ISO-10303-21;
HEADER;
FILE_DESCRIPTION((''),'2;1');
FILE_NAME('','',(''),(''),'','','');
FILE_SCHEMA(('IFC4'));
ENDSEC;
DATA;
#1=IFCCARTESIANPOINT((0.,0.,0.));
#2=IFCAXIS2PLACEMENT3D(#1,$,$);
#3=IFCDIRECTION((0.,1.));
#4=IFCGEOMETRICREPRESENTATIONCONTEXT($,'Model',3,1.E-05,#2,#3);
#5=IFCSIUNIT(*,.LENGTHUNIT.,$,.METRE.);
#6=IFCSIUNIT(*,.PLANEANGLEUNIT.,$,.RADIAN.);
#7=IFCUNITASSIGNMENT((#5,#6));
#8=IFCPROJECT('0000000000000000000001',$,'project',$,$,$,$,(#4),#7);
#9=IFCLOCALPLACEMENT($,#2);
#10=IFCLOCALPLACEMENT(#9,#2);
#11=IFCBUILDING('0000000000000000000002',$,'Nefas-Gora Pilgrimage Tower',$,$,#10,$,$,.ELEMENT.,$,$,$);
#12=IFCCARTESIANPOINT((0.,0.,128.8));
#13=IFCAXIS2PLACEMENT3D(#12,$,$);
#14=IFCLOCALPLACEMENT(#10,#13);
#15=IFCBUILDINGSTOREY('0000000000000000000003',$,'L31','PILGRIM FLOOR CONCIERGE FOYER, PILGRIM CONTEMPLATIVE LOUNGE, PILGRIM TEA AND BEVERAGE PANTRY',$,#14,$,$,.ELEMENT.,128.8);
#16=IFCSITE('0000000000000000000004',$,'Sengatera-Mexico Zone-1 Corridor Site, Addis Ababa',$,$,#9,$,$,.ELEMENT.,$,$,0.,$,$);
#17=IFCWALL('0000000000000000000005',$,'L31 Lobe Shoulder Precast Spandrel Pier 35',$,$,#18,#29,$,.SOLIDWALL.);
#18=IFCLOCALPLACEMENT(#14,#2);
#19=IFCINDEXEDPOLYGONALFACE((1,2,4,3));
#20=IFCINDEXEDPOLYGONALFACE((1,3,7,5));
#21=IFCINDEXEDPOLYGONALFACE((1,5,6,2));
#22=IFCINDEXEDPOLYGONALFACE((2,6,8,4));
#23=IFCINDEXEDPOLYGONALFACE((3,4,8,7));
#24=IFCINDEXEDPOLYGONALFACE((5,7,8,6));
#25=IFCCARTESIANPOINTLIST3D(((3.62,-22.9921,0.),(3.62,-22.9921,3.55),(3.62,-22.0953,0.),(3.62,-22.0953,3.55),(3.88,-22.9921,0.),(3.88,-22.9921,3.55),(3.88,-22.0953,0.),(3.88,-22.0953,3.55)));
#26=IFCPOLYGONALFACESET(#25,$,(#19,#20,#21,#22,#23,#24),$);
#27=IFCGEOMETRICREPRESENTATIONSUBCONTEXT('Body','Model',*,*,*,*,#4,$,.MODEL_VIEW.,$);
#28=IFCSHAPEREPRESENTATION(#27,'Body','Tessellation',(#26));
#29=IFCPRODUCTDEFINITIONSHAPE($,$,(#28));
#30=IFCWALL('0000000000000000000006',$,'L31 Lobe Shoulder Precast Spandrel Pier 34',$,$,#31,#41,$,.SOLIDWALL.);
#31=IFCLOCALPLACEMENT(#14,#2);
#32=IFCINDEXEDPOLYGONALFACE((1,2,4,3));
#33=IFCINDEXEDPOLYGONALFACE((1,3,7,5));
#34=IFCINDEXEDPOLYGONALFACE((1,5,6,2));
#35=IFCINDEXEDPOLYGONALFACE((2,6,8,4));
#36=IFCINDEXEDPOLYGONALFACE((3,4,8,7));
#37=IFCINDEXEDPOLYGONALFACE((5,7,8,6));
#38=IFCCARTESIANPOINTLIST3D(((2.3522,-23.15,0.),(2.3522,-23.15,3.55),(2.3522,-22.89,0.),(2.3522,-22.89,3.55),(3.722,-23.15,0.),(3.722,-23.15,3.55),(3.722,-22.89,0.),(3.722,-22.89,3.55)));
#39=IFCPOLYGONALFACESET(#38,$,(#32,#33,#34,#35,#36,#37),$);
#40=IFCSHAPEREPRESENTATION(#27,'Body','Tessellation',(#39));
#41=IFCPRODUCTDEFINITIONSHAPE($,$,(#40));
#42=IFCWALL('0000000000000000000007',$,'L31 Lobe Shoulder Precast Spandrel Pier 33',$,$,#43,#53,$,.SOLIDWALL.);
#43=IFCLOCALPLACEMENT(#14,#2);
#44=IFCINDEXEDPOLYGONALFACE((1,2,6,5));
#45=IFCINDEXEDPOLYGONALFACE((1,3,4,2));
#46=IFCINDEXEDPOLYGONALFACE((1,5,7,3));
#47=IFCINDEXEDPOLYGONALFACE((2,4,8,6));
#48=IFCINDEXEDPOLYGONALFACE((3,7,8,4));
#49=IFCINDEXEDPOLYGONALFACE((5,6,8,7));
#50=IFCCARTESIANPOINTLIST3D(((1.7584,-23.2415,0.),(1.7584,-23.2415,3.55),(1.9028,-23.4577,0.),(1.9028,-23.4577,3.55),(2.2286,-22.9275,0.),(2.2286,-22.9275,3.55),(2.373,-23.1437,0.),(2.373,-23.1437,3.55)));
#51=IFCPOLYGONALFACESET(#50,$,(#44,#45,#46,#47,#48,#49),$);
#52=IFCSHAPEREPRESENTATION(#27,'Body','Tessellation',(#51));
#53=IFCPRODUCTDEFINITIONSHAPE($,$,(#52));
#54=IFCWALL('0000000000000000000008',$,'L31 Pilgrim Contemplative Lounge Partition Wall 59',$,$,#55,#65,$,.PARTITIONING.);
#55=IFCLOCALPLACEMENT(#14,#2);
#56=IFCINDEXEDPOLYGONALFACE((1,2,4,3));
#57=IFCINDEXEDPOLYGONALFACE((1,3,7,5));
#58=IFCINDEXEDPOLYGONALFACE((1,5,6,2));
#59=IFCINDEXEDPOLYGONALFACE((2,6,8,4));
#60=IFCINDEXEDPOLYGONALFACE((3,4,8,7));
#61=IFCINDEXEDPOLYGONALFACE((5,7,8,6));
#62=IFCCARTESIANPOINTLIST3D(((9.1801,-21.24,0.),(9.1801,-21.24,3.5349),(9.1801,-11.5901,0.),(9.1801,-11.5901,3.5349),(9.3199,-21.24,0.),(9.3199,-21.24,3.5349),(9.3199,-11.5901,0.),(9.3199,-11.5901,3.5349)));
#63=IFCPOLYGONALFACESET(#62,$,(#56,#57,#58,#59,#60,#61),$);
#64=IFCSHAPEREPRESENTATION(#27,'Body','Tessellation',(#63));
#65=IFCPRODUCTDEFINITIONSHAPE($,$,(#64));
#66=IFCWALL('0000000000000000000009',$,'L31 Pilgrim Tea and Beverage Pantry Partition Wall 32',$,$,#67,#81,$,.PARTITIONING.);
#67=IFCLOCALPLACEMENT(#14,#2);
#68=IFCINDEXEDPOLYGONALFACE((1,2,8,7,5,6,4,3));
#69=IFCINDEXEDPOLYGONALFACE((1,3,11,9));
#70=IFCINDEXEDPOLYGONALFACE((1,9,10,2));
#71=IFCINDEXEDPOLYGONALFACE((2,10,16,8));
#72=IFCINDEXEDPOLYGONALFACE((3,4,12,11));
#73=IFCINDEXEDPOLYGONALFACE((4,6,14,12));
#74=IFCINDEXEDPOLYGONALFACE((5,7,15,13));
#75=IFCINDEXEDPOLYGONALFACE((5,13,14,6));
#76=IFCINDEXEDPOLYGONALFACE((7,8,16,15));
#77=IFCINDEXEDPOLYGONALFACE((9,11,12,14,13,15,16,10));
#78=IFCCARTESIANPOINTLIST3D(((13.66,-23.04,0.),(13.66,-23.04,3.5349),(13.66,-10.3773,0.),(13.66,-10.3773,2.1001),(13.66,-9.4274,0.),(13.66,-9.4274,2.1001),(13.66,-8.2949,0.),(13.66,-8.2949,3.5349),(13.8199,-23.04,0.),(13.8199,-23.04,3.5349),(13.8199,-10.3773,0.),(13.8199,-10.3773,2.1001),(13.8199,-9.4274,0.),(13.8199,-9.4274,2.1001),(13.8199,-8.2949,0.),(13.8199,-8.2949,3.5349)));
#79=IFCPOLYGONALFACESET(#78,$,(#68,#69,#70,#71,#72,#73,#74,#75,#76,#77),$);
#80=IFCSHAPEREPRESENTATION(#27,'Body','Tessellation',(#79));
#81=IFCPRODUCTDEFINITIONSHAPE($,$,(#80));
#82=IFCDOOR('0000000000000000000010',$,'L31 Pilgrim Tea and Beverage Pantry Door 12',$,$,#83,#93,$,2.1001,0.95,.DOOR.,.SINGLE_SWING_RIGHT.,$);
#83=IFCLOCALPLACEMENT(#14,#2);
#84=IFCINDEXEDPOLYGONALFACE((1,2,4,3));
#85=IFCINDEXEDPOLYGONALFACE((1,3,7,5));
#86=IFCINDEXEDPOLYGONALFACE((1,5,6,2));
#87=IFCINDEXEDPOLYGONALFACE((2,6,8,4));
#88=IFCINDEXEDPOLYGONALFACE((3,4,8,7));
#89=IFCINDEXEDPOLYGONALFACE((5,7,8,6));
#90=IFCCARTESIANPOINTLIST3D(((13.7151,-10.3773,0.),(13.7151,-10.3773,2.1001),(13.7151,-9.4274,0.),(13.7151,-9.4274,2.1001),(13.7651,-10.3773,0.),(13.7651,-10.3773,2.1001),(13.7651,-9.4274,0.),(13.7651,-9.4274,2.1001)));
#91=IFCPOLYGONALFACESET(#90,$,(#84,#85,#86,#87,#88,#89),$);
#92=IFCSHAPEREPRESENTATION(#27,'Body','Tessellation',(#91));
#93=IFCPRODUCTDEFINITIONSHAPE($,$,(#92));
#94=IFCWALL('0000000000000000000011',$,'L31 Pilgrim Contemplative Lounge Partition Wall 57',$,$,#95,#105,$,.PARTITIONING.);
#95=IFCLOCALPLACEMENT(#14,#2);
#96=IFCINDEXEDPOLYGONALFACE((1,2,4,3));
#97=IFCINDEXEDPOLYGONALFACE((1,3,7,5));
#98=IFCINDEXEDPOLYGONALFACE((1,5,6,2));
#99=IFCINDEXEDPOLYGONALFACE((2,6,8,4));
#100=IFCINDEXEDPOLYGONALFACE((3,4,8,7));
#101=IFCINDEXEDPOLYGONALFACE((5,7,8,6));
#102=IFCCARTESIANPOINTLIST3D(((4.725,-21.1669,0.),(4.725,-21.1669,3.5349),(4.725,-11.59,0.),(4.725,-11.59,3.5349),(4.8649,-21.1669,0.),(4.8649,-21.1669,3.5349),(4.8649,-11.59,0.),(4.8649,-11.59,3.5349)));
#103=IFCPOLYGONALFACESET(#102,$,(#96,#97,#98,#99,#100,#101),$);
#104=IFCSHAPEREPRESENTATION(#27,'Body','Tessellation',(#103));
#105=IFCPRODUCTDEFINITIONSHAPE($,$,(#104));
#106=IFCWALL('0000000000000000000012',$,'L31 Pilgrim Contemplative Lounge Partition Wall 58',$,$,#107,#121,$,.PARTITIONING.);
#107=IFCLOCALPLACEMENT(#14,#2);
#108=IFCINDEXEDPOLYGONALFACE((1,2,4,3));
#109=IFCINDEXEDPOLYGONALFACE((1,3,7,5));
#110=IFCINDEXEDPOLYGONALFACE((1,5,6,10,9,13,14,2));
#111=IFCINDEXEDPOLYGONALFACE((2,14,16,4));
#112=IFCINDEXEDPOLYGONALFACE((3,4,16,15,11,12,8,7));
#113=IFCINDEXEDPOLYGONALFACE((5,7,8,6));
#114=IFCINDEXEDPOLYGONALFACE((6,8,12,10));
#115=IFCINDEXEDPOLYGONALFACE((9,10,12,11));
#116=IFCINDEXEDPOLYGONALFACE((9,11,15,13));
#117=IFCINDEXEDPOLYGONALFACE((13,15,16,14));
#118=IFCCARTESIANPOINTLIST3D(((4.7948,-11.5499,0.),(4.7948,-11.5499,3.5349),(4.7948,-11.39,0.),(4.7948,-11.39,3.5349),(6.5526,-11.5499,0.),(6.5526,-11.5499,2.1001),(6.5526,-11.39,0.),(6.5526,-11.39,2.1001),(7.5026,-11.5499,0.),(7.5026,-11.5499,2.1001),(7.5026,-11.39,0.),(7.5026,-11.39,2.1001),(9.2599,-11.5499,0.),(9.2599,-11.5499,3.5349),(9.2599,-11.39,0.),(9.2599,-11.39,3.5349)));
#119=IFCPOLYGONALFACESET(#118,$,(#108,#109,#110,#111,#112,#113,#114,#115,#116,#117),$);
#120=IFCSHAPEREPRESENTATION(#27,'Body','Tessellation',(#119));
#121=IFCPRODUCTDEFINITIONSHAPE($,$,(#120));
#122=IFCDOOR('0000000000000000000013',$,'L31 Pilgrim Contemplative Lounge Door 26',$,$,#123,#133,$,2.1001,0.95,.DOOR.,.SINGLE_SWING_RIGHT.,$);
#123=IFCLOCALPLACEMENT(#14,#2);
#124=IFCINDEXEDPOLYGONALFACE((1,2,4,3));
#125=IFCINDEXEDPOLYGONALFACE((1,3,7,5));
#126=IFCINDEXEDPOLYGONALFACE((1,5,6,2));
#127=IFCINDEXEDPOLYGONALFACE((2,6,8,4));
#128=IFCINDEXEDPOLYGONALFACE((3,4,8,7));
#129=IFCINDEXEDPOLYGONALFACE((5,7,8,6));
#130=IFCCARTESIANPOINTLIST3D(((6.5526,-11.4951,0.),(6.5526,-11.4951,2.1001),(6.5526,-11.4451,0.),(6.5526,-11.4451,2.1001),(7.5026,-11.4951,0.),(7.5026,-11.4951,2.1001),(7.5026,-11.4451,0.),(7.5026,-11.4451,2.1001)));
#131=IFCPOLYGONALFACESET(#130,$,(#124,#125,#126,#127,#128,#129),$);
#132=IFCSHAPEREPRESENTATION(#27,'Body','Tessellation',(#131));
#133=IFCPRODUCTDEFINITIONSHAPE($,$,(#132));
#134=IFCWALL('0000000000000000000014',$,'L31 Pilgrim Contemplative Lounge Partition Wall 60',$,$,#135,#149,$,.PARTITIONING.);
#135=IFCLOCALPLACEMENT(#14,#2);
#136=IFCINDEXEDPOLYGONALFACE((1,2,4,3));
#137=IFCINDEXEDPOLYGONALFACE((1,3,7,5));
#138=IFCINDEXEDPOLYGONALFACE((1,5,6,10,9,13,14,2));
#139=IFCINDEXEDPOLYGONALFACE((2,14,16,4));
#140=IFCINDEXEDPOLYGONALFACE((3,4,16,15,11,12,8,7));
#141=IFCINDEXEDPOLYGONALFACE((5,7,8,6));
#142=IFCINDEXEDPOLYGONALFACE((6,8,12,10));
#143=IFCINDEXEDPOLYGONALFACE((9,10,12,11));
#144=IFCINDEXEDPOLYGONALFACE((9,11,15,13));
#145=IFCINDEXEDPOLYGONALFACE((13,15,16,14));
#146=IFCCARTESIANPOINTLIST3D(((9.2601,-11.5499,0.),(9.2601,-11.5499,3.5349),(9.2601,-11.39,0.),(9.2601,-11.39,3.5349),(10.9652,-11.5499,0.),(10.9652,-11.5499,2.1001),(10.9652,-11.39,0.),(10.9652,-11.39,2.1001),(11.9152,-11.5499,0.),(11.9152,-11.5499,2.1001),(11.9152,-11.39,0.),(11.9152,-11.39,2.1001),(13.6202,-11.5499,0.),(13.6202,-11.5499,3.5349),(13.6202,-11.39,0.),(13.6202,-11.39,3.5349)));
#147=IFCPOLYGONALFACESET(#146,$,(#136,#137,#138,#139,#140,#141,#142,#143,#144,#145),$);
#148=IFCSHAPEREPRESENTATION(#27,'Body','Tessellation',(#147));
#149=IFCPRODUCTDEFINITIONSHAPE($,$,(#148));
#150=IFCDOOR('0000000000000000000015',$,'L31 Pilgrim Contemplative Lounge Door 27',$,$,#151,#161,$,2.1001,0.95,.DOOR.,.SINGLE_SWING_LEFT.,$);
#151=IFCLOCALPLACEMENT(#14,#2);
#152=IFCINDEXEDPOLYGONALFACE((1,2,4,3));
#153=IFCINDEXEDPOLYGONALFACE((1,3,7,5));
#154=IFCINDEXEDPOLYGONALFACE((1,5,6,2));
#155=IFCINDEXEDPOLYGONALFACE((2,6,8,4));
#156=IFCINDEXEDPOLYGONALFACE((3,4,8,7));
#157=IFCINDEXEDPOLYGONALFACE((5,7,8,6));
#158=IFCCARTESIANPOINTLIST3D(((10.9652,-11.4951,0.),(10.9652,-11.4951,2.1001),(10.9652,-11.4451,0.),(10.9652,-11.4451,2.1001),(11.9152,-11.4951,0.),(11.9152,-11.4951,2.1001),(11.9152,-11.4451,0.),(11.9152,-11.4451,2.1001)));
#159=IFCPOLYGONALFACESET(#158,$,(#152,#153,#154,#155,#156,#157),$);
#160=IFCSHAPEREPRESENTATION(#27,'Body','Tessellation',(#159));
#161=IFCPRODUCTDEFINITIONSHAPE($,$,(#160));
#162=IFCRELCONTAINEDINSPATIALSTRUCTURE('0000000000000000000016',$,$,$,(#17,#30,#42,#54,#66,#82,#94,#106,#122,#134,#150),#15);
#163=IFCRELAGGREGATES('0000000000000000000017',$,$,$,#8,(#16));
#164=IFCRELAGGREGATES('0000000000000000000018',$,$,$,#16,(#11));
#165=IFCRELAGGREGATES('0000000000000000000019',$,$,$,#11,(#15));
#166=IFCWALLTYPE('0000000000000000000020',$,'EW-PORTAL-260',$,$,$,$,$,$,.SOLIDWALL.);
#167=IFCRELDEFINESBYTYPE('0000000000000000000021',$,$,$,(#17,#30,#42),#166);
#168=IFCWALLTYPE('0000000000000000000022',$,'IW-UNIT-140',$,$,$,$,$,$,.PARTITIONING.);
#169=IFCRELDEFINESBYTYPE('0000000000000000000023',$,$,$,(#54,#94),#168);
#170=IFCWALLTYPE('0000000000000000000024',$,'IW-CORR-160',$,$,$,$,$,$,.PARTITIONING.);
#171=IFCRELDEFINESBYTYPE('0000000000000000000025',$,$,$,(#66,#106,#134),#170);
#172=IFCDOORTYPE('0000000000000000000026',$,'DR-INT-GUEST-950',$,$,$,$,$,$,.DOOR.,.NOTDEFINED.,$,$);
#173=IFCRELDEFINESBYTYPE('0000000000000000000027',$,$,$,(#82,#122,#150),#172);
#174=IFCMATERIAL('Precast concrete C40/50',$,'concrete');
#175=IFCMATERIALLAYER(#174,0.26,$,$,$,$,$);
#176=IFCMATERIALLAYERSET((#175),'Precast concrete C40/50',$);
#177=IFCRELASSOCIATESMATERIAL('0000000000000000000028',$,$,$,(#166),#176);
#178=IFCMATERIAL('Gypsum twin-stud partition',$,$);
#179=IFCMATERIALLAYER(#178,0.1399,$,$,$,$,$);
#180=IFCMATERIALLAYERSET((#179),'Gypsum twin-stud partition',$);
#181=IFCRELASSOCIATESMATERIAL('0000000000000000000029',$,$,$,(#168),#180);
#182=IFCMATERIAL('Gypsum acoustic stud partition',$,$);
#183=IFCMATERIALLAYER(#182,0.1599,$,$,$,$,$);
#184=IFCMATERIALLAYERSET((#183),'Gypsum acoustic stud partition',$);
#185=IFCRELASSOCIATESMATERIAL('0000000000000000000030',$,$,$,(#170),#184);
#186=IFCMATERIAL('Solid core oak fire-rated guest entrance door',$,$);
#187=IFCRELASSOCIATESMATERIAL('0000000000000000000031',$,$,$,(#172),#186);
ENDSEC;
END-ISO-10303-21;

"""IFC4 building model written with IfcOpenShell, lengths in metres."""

from ifc_helpers import new_model, si_unit, direction, frame, frame_2d, origin, place, context, subcontext, project, spatial, rectangle, extrude, source, transform, mapped, material, layer, layer_set, type_object, element, fill, save


model = new_model("IFC4")

# Units and contexts
model_context = context("Model", 3, precision=1e-05, world=origin(), true_north=direction((0.0, 1.0)))
body_context = subcontext(model_context, "Body", "Model", "MODEL_VIEW")
ifc_project = project(units=[si_unit("LENGTHUNIT", "METRE"), si_unit("PLANEANGLEUNIT", "RADIAN")], contexts=[model_context])

# Site, building, storey
site_placement = place(None, origin())
site = spatial("IfcSite", under=ifc_project, at=site_placement, Name="Sengatera-Mexico Zone-1 Corridor Site, Addis Ababa", CompositionType="ELEMENT", RefElevation=0.0)
building_placement = place(site_placement, origin())
building = spatial("IfcBuilding", under=site, at=building_placement, Name="Nefas-Gora Pilgrimage Tower", CompositionType="ELEMENT")
storey_placement = place(building_placement, frame((0.0, 0.0, 128.8)))
storey = spatial("IfcBuildingStorey", under=building, at=storey_placement, Name="L31", Description="PILGRIM FLOOR CONCIERGE FOYER, PILGRIM CONTEMPLATIVE LOUNGE, PILGRIM TEA AND BEVERAGE PANTRY", CompositionType="ELEMENT", Elevation=128.8)

# Walls
ifc_material_1 = material(Name="Precast concrete C40/50", Category="concrete")
ifc_layer_1 = layer(ifc_material_1, 0.26)
ifc_layer_set_1 = layer_set([ifc_layer_1], Name="Precast concrete C40/50")
wall_type_1 = type_object("IfcWallType", Name="EW-PORTAL-260", PredefinedType="SOLIDWALL", material=ifc_layer_set_1)
shared_shape_1 = source(origin(), body_context, "Body", "SweptSolid", [
    extrude(rectangle(XDim=0.8967, YDim=0.26, at=frame_2d((0.4482, 0.0))), origin(), (0.0, 0.0, 1.0), 3.55),
])
wall_1_placement = place(storey_placement, frame((3.75, -22.9919, 0.0), z_axis=(0.0, 0.0, 1.0), x_axis=(0.0, 1.0, 0.0)))
element("IfcWall", 1, at=wall_1_placement, inside=storey, type_object=wall_type_1, Name="L31 Lobe Shoulder Precast Spandrel Pier 35", PredefinedType="SOLIDWALL", context=body_context, shape_type="MappedRepresentation", body=[
    mapped(shared_shape_1, transform((0.0, 0.0, 0.0), x_axis=(1.0, 0.0, 0.0), y_axis=(0.0, 1.0, 0.0), z_axis=(0.0, 0.0, 1.0), scale=1.0)),
])
shared_shape_2 = source(origin(), body_context, "Body", "SweptSolid", [
    extrude(rectangle(XDim=1.3699, YDim=0.26, at=frame_2d((0.6851, 0.0))), origin(), (0.0, 0.0, 1.0), 3.55),
])
wall_2_placement = place(storey_placement, frame((2.3521, -23.02, 0.0), z_axis=(0.0, 0.0, 1.0), x_axis=(1.0, 0.0, 0.0)))
element("IfcWall", 2, at=wall_2_placement, inside=storey, type_object=wall_type_1, Name="L31 Lobe Shoulder Precast Spandrel Pier 34", PredefinedType="SOLIDWALL", context=body_context, shape_type="MappedRepresentation", body=[
    mapped(shared_shape_2, transform((0.0, 0.0, 0.0), x_axis=(1.0, 0.0, 0.0), y_axis=(0.0, 1.0, 0.0), z_axis=(0.0, 0.0, 1.0), scale=1.0)),
])
shared_shape_3 = source(origin(), body_context, "Body", "SweptSolid", [
    extrude(rectangle(XDim=0.5654, YDim=0.26, at=frame_2d((0.2827, 0.0))), origin(), (0.0, 0.0, 1.0), 3.55),
])
wall_3_placement = place(storey_placement, frame((1.8306, -23.3496, 0.0), z_axis=(0.0, 0.0, 1.0), x_axis=(0.831651, 0.555298, 0.0)))
element("IfcWall", 3, at=wall_3_placement, inside=storey, type_object=wall_type_1, Name="L31 Lobe Shoulder Precast Spandrel Pier 33", PredefinedType="SOLIDWALL", context=body_context, shape_type="MappedRepresentation", body=[
    mapped(shared_shape_3, transform((0.0, 0.0, 0.0), x_axis=(1.0, 0.0, 0.0), y_axis=(0.0, 1.0, 0.0), z_axis=(0.0, 0.0, 1.0), scale=1.0)),
])
ifc_material_2 = material(Name="Gypsum twin-stud partition")
ifc_layer_2 = layer(ifc_material_2, 0.1399)
ifc_layer_set_2 = layer_set([ifc_layer_2], Name="Gypsum twin-stud partition")
wall_type_2 = type_object("IfcWallType", Name="IW-UNIT-140", PredefinedType="PARTITIONING", material=ifc_layer_set_2)
shared_shape_4 = source(origin(), body_context, "Body", "SweptSolid", [
    extrude(rectangle(XDim=9.6499, YDim=0.1399, at=frame_2d((4.825, 0.0))), origin(), (0.0, 0.0, 1.0), 3.5349),
])
wall_4_placement = place(storey_placement, frame((9.25, -21.24, 0.0), z_axis=(0.0, 0.0, 1.0), x_axis=(0.0, 1.0, 0.0)))
element("IfcWall", 4, at=wall_4_placement, inside=storey, type_object=wall_type_2, Name="L31 Pilgrim Contemplative Lounge Partition Wall 59", PredefinedType="PARTITIONING", context=body_context, shape_type="MappedRepresentation", body=[
    mapped(shared_shape_4, transform((0.0, 0.0, 0.0), x_axis=(1.0, 0.0, 0.0), y_axis=(0.0, 1.0, 0.0), z_axis=(0.0, 0.0, 1.0), scale=1.0)),
])

# Wall, opening, door
ifc_material_3 = material(Name="Gypsum acoustic stud partition")
ifc_layer_3 = layer(ifc_material_3, 0.1599)
ifc_layer_set_3 = layer_set([ifc_layer_3], Name="Gypsum acoustic stud partition")
wall_type_3 = type_object("IfcWallType", Name="IW-CORR-160", PredefinedType="PARTITIONING", material=ifc_layer_set_3)
shared_shape_5 = source(origin(), body_context, "Body", "SweptSolid", [
    extrude(rectangle(XDim=14.7451, YDim=0.1599, at=frame_2d((7.3726, 0.0))), origin(), (0.0, 0.0, 1.0), 3.5349),
])
wall_5_placement = place(storey_placement, frame((13.74, -23.04, 0.0), z_axis=(0.0, 0.0, 1.0), x_axis=(0.0, 1.0, 0.0)))
wall_5 = element("IfcWall", 5, at=wall_5_placement, inside=storey, type_object=wall_type_3, Name="L31 Pilgrim Tea and Beverage Pantry Partition Wall 32", PredefinedType="PARTITIONING", context=body_context, shape_type="MappedRepresentation", body=[
    mapped(shared_shape_5, transform((0.0, 0.0, 0.0), x_axis=(1.0, 0.0, 0.0), y_axis=(0.0, 1.0, 0.0), z_axis=(0.0, 0.0, 1.0), scale=1.0)),
])
opening_1_placement = place(wall_5_placement, frame((12.6626, 0.0, 0.0)))
opening_1 = element("IfcOpeningElement", 6, at=opening_1_placement, cuts=wall_5, PredefinedType="OPENING", context=body_context, shape_type="SweptSolid", body=[
    extrude(rectangle(XDim=0.95, YDim=2.1001, at=frame_2d((0.4751, 1.05))), frame((0.0, 0.0898, 0.0), z_axis=(0.0, -1.0, 0.0), x_axis=(1.0, 0.0, 0.0)), (0.0, 0.0, 1.0), 0.1799),
])
ifc_material_4 = material(Name="Solid core oak fire-rated guest entrance door")
door_type = type_object("IfcDoorType", Name="DR-INT-GUEST-950", OperationType="NOTDEFINED", PredefinedType="DOOR", material=ifc_material_4)
shared_shape_6 = source(origin(), body_context, "Body", "SweptSolid", [
    extrude(rectangle(XDim=0.95, YDim=2.1001, at=frame_2d((0.4751, 1.05))), frame((0.0, 0.0249, 0.0), z_axis=(0.0, -1.0, 0.0), x_axis=(1.0, 0.0, 0.0)), (0.0, 0.0, 1.0), 0.05),
])
door_1_placement = place(opening_1_placement, origin())
door_1 = element("IfcDoor", 7, at=door_1_placement, inside=storey, type_object=door_type, Name="L31 Pilgrim Tea and Beverage Pantry Door 12", OperationType="SINGLE_SWING_RIGHT", OverallHeight=2.1001, OverallWidth=0.95, PredefinedType="DOOR", context=body_context, shape_type="MappedRepresentation", body=[
    mapped(shared_shape_6, transform((0.0, 0.0, 0.0), x_axis=(1.0, 0.0, 0.0), y_axis=(0.0, 1.0, 0.0), z_axis=(0.0, 0.0, 1.0), scale=1.0)),
])
fill(opening_1, door_1)

# Wall
shared_shape_7 = source(origin(), body_context, "Body", "SweptSolid", [
    extrude(rectangle(XDim=9.5769, YDim=0.1399, at=frame_2d((4.7886, 0.0))), origin(), (0.0, 0.0, 1.0), 3.5349),
])
wall_6_placement = place(storey_placement, frame((4.7949, -21.167, 0.0), z_axis=(0.0, 0.0, 1.0), x_axis=(0.0, 1.0, 0.0)))
element("IfcWall", 8, at=wall_6_placement, inside=storey, type_object=wall_type_2, Name="L31 Pilgrim Contemplative Lounge Partition Wall 57", PredefinedType="PARTITIONING", context=body_context, shape_type="MappedRepresentation", body=[
    mapped(shared_shape_7, transform((0.0, 0.0, 0.0), x_axis=(1.0, 0.0, 0.0), y_axis=(0.0, 1.0, 0.0), z_axis=(0.0, 0.0, 1.0), scale=1.0)),
])

# Walls, openings, doors
shared_shape_8 = source(origin(), body_context, "Body", "SweptSolid", [
    extrude(rectangle(XDim=4.4651, YDim=0.1599, at=frame_2d((2.2324, 0.0))), origin(), (0.0, 0.0, 1.0), 3.5349),
])
wall_7_placement = place(storey_placement, frame((4.7949, -11.47, 0.0), z_axis=(0.0, 0.0, 1.0), x_axis=(1.0, 0.0, 0.0)))
wall_7 = element("IfcWall", 9, at=wall_7_placement, inside=storey, type_object=wall_type_3, Name="L31 Pilgrim Contemplative Lounge Partition Wall 58", PredefinedType="PARTITIONING", context=body_context, shape_type="MappedRepresentation", body=[
    mapped(shared_shape_8, transform((0.0, 0.0, 0.0), x_axis=(1.0, 0.0, 0.0), y_axis=(0.0, 1.0, 0.0), z_axis=(0.0, 0.0, 1.0), scale=1.0)),
])
opening_2_placement = place(wall_7_placement, frame((1.7576, 0.0, 0.0)))
opening_2 = element("IfcOpeningElement", 10, at=opening_2_placement, cuts=wall_7, PredefinedType="OPENING", context=body_context, shape_type="SweptSolid", body=[
    extrude(rectangle(XDim=0.95, YDim=2.1001, at=frame_2d((0.4751, 1.05))), frame((0.0, 0.0898, 0.0), z_axis=(0.0, -1.0, 0.0), x_axis=(1.0, 0.0, 0.0)), (0.0, 0.0, 1.0), 0.1799),
])
door_2_placement = place(opening_2_placement, origin())
door_2 = element("IfcDoor", 11, at=door_2_placement, inside=storey, type_object=door_type, Name="L31 Pilgrim Contemplative Lounge Door 26", OperationType="SINGLE_SWING_RIGHT", OverallHeight=2.1001, OverallWidth=0.95, PredefinedType="DOOR", context=body_context, shape_type="MappedRepresentation", body=[
    mapped(shared_shape_6, transform((0.0, 0.0, 0.0), x_axis=(1.0, 0.0, 0.0), y_axis=(0.0, 1.0, 0.0), z_axis=(0.0, 0.0, 1.0), scale=1.0)),
])
fill(opening_2, door_2)
shared_shape_9 = source(origin(), body_context, "Body", "SweptSolid", [
    extrude(rectangle(XDim=4.3601, YDim=0.1599, at=frame_2d((2.1802, 0.0))), origin(), (0.0, 0.0, 1.0), 3.5349),
])
wall_8_placement = place(storey_placement, frame((9.26, -11.47, 0.0), z_axis=(0.0, 0.0, 1.0), x_axis=(1.0, 0.0, 0.0)))
wall_8 = element("IfcWall", 12, at=wall_8_placement, inside=storey, type_object=wall_type_3, Name="L31 Pilgrim Contemplative Lounge Partition Wall 60", PredefinedType="PARTITIONING", context=body_context, shape_type="MappedRepresentation", body=[
    mapped(shared_shape_9, transform((0.0, 0.0, 0.0), x_axis=(1.0, 0.0, 0.0), y_axis=(0.0, 1.0, 0.0), z_axis=(0.0, 0.0, 1.0), scale=1.0)),
])
opening_3_placement = place(wall_8_placement, frame((1.7051, 0.0, 0.0)))
opening_3 = element("IfcOpeningElement", 13, at=opening_3_placement, cuts=wall_8, PredefinedType="OPENING", context=body_context, shape_type="SweptSolid", body=[
    extrude(rectangle(XDim=0.95, YDim=2.1001, at=frame_2d((0.4751, 1.05))), frame((0.0, 0.0898, 0.0), z_axis=(0.0, -1.0, 0.0), x_axis=(1.0, 0.0, 0.0)), (0.0, 0.0, 1.0), 0.1799),
])
door_3_placement = place(opening_3_placement, origin())
door_3 = element("IfcDoor", 14, at=door_3_placement, inside=storey, type_object=door_type, Name="L31 Pilgrim Contemplative Lounge Door 27", OperationType="SINGLE_SWING_LEFT", OverallHeight=2.1001, OverallWidth=0.95, PredefinedType="DOOR", context=body_context, shape_type="MappedRepresentation", body=[
    mapped(shared_shape_6, transform((0.0, 0.0, 0.0), x_axis=(1.0, 0.0, 0.0), y_axis=(0.0, 1.0, 0.0), z_axis=(0.0, 0.0, 1.0), scale=1.0)),
])
fill(opening_3, door_3)

save(model, "model.ifc")
